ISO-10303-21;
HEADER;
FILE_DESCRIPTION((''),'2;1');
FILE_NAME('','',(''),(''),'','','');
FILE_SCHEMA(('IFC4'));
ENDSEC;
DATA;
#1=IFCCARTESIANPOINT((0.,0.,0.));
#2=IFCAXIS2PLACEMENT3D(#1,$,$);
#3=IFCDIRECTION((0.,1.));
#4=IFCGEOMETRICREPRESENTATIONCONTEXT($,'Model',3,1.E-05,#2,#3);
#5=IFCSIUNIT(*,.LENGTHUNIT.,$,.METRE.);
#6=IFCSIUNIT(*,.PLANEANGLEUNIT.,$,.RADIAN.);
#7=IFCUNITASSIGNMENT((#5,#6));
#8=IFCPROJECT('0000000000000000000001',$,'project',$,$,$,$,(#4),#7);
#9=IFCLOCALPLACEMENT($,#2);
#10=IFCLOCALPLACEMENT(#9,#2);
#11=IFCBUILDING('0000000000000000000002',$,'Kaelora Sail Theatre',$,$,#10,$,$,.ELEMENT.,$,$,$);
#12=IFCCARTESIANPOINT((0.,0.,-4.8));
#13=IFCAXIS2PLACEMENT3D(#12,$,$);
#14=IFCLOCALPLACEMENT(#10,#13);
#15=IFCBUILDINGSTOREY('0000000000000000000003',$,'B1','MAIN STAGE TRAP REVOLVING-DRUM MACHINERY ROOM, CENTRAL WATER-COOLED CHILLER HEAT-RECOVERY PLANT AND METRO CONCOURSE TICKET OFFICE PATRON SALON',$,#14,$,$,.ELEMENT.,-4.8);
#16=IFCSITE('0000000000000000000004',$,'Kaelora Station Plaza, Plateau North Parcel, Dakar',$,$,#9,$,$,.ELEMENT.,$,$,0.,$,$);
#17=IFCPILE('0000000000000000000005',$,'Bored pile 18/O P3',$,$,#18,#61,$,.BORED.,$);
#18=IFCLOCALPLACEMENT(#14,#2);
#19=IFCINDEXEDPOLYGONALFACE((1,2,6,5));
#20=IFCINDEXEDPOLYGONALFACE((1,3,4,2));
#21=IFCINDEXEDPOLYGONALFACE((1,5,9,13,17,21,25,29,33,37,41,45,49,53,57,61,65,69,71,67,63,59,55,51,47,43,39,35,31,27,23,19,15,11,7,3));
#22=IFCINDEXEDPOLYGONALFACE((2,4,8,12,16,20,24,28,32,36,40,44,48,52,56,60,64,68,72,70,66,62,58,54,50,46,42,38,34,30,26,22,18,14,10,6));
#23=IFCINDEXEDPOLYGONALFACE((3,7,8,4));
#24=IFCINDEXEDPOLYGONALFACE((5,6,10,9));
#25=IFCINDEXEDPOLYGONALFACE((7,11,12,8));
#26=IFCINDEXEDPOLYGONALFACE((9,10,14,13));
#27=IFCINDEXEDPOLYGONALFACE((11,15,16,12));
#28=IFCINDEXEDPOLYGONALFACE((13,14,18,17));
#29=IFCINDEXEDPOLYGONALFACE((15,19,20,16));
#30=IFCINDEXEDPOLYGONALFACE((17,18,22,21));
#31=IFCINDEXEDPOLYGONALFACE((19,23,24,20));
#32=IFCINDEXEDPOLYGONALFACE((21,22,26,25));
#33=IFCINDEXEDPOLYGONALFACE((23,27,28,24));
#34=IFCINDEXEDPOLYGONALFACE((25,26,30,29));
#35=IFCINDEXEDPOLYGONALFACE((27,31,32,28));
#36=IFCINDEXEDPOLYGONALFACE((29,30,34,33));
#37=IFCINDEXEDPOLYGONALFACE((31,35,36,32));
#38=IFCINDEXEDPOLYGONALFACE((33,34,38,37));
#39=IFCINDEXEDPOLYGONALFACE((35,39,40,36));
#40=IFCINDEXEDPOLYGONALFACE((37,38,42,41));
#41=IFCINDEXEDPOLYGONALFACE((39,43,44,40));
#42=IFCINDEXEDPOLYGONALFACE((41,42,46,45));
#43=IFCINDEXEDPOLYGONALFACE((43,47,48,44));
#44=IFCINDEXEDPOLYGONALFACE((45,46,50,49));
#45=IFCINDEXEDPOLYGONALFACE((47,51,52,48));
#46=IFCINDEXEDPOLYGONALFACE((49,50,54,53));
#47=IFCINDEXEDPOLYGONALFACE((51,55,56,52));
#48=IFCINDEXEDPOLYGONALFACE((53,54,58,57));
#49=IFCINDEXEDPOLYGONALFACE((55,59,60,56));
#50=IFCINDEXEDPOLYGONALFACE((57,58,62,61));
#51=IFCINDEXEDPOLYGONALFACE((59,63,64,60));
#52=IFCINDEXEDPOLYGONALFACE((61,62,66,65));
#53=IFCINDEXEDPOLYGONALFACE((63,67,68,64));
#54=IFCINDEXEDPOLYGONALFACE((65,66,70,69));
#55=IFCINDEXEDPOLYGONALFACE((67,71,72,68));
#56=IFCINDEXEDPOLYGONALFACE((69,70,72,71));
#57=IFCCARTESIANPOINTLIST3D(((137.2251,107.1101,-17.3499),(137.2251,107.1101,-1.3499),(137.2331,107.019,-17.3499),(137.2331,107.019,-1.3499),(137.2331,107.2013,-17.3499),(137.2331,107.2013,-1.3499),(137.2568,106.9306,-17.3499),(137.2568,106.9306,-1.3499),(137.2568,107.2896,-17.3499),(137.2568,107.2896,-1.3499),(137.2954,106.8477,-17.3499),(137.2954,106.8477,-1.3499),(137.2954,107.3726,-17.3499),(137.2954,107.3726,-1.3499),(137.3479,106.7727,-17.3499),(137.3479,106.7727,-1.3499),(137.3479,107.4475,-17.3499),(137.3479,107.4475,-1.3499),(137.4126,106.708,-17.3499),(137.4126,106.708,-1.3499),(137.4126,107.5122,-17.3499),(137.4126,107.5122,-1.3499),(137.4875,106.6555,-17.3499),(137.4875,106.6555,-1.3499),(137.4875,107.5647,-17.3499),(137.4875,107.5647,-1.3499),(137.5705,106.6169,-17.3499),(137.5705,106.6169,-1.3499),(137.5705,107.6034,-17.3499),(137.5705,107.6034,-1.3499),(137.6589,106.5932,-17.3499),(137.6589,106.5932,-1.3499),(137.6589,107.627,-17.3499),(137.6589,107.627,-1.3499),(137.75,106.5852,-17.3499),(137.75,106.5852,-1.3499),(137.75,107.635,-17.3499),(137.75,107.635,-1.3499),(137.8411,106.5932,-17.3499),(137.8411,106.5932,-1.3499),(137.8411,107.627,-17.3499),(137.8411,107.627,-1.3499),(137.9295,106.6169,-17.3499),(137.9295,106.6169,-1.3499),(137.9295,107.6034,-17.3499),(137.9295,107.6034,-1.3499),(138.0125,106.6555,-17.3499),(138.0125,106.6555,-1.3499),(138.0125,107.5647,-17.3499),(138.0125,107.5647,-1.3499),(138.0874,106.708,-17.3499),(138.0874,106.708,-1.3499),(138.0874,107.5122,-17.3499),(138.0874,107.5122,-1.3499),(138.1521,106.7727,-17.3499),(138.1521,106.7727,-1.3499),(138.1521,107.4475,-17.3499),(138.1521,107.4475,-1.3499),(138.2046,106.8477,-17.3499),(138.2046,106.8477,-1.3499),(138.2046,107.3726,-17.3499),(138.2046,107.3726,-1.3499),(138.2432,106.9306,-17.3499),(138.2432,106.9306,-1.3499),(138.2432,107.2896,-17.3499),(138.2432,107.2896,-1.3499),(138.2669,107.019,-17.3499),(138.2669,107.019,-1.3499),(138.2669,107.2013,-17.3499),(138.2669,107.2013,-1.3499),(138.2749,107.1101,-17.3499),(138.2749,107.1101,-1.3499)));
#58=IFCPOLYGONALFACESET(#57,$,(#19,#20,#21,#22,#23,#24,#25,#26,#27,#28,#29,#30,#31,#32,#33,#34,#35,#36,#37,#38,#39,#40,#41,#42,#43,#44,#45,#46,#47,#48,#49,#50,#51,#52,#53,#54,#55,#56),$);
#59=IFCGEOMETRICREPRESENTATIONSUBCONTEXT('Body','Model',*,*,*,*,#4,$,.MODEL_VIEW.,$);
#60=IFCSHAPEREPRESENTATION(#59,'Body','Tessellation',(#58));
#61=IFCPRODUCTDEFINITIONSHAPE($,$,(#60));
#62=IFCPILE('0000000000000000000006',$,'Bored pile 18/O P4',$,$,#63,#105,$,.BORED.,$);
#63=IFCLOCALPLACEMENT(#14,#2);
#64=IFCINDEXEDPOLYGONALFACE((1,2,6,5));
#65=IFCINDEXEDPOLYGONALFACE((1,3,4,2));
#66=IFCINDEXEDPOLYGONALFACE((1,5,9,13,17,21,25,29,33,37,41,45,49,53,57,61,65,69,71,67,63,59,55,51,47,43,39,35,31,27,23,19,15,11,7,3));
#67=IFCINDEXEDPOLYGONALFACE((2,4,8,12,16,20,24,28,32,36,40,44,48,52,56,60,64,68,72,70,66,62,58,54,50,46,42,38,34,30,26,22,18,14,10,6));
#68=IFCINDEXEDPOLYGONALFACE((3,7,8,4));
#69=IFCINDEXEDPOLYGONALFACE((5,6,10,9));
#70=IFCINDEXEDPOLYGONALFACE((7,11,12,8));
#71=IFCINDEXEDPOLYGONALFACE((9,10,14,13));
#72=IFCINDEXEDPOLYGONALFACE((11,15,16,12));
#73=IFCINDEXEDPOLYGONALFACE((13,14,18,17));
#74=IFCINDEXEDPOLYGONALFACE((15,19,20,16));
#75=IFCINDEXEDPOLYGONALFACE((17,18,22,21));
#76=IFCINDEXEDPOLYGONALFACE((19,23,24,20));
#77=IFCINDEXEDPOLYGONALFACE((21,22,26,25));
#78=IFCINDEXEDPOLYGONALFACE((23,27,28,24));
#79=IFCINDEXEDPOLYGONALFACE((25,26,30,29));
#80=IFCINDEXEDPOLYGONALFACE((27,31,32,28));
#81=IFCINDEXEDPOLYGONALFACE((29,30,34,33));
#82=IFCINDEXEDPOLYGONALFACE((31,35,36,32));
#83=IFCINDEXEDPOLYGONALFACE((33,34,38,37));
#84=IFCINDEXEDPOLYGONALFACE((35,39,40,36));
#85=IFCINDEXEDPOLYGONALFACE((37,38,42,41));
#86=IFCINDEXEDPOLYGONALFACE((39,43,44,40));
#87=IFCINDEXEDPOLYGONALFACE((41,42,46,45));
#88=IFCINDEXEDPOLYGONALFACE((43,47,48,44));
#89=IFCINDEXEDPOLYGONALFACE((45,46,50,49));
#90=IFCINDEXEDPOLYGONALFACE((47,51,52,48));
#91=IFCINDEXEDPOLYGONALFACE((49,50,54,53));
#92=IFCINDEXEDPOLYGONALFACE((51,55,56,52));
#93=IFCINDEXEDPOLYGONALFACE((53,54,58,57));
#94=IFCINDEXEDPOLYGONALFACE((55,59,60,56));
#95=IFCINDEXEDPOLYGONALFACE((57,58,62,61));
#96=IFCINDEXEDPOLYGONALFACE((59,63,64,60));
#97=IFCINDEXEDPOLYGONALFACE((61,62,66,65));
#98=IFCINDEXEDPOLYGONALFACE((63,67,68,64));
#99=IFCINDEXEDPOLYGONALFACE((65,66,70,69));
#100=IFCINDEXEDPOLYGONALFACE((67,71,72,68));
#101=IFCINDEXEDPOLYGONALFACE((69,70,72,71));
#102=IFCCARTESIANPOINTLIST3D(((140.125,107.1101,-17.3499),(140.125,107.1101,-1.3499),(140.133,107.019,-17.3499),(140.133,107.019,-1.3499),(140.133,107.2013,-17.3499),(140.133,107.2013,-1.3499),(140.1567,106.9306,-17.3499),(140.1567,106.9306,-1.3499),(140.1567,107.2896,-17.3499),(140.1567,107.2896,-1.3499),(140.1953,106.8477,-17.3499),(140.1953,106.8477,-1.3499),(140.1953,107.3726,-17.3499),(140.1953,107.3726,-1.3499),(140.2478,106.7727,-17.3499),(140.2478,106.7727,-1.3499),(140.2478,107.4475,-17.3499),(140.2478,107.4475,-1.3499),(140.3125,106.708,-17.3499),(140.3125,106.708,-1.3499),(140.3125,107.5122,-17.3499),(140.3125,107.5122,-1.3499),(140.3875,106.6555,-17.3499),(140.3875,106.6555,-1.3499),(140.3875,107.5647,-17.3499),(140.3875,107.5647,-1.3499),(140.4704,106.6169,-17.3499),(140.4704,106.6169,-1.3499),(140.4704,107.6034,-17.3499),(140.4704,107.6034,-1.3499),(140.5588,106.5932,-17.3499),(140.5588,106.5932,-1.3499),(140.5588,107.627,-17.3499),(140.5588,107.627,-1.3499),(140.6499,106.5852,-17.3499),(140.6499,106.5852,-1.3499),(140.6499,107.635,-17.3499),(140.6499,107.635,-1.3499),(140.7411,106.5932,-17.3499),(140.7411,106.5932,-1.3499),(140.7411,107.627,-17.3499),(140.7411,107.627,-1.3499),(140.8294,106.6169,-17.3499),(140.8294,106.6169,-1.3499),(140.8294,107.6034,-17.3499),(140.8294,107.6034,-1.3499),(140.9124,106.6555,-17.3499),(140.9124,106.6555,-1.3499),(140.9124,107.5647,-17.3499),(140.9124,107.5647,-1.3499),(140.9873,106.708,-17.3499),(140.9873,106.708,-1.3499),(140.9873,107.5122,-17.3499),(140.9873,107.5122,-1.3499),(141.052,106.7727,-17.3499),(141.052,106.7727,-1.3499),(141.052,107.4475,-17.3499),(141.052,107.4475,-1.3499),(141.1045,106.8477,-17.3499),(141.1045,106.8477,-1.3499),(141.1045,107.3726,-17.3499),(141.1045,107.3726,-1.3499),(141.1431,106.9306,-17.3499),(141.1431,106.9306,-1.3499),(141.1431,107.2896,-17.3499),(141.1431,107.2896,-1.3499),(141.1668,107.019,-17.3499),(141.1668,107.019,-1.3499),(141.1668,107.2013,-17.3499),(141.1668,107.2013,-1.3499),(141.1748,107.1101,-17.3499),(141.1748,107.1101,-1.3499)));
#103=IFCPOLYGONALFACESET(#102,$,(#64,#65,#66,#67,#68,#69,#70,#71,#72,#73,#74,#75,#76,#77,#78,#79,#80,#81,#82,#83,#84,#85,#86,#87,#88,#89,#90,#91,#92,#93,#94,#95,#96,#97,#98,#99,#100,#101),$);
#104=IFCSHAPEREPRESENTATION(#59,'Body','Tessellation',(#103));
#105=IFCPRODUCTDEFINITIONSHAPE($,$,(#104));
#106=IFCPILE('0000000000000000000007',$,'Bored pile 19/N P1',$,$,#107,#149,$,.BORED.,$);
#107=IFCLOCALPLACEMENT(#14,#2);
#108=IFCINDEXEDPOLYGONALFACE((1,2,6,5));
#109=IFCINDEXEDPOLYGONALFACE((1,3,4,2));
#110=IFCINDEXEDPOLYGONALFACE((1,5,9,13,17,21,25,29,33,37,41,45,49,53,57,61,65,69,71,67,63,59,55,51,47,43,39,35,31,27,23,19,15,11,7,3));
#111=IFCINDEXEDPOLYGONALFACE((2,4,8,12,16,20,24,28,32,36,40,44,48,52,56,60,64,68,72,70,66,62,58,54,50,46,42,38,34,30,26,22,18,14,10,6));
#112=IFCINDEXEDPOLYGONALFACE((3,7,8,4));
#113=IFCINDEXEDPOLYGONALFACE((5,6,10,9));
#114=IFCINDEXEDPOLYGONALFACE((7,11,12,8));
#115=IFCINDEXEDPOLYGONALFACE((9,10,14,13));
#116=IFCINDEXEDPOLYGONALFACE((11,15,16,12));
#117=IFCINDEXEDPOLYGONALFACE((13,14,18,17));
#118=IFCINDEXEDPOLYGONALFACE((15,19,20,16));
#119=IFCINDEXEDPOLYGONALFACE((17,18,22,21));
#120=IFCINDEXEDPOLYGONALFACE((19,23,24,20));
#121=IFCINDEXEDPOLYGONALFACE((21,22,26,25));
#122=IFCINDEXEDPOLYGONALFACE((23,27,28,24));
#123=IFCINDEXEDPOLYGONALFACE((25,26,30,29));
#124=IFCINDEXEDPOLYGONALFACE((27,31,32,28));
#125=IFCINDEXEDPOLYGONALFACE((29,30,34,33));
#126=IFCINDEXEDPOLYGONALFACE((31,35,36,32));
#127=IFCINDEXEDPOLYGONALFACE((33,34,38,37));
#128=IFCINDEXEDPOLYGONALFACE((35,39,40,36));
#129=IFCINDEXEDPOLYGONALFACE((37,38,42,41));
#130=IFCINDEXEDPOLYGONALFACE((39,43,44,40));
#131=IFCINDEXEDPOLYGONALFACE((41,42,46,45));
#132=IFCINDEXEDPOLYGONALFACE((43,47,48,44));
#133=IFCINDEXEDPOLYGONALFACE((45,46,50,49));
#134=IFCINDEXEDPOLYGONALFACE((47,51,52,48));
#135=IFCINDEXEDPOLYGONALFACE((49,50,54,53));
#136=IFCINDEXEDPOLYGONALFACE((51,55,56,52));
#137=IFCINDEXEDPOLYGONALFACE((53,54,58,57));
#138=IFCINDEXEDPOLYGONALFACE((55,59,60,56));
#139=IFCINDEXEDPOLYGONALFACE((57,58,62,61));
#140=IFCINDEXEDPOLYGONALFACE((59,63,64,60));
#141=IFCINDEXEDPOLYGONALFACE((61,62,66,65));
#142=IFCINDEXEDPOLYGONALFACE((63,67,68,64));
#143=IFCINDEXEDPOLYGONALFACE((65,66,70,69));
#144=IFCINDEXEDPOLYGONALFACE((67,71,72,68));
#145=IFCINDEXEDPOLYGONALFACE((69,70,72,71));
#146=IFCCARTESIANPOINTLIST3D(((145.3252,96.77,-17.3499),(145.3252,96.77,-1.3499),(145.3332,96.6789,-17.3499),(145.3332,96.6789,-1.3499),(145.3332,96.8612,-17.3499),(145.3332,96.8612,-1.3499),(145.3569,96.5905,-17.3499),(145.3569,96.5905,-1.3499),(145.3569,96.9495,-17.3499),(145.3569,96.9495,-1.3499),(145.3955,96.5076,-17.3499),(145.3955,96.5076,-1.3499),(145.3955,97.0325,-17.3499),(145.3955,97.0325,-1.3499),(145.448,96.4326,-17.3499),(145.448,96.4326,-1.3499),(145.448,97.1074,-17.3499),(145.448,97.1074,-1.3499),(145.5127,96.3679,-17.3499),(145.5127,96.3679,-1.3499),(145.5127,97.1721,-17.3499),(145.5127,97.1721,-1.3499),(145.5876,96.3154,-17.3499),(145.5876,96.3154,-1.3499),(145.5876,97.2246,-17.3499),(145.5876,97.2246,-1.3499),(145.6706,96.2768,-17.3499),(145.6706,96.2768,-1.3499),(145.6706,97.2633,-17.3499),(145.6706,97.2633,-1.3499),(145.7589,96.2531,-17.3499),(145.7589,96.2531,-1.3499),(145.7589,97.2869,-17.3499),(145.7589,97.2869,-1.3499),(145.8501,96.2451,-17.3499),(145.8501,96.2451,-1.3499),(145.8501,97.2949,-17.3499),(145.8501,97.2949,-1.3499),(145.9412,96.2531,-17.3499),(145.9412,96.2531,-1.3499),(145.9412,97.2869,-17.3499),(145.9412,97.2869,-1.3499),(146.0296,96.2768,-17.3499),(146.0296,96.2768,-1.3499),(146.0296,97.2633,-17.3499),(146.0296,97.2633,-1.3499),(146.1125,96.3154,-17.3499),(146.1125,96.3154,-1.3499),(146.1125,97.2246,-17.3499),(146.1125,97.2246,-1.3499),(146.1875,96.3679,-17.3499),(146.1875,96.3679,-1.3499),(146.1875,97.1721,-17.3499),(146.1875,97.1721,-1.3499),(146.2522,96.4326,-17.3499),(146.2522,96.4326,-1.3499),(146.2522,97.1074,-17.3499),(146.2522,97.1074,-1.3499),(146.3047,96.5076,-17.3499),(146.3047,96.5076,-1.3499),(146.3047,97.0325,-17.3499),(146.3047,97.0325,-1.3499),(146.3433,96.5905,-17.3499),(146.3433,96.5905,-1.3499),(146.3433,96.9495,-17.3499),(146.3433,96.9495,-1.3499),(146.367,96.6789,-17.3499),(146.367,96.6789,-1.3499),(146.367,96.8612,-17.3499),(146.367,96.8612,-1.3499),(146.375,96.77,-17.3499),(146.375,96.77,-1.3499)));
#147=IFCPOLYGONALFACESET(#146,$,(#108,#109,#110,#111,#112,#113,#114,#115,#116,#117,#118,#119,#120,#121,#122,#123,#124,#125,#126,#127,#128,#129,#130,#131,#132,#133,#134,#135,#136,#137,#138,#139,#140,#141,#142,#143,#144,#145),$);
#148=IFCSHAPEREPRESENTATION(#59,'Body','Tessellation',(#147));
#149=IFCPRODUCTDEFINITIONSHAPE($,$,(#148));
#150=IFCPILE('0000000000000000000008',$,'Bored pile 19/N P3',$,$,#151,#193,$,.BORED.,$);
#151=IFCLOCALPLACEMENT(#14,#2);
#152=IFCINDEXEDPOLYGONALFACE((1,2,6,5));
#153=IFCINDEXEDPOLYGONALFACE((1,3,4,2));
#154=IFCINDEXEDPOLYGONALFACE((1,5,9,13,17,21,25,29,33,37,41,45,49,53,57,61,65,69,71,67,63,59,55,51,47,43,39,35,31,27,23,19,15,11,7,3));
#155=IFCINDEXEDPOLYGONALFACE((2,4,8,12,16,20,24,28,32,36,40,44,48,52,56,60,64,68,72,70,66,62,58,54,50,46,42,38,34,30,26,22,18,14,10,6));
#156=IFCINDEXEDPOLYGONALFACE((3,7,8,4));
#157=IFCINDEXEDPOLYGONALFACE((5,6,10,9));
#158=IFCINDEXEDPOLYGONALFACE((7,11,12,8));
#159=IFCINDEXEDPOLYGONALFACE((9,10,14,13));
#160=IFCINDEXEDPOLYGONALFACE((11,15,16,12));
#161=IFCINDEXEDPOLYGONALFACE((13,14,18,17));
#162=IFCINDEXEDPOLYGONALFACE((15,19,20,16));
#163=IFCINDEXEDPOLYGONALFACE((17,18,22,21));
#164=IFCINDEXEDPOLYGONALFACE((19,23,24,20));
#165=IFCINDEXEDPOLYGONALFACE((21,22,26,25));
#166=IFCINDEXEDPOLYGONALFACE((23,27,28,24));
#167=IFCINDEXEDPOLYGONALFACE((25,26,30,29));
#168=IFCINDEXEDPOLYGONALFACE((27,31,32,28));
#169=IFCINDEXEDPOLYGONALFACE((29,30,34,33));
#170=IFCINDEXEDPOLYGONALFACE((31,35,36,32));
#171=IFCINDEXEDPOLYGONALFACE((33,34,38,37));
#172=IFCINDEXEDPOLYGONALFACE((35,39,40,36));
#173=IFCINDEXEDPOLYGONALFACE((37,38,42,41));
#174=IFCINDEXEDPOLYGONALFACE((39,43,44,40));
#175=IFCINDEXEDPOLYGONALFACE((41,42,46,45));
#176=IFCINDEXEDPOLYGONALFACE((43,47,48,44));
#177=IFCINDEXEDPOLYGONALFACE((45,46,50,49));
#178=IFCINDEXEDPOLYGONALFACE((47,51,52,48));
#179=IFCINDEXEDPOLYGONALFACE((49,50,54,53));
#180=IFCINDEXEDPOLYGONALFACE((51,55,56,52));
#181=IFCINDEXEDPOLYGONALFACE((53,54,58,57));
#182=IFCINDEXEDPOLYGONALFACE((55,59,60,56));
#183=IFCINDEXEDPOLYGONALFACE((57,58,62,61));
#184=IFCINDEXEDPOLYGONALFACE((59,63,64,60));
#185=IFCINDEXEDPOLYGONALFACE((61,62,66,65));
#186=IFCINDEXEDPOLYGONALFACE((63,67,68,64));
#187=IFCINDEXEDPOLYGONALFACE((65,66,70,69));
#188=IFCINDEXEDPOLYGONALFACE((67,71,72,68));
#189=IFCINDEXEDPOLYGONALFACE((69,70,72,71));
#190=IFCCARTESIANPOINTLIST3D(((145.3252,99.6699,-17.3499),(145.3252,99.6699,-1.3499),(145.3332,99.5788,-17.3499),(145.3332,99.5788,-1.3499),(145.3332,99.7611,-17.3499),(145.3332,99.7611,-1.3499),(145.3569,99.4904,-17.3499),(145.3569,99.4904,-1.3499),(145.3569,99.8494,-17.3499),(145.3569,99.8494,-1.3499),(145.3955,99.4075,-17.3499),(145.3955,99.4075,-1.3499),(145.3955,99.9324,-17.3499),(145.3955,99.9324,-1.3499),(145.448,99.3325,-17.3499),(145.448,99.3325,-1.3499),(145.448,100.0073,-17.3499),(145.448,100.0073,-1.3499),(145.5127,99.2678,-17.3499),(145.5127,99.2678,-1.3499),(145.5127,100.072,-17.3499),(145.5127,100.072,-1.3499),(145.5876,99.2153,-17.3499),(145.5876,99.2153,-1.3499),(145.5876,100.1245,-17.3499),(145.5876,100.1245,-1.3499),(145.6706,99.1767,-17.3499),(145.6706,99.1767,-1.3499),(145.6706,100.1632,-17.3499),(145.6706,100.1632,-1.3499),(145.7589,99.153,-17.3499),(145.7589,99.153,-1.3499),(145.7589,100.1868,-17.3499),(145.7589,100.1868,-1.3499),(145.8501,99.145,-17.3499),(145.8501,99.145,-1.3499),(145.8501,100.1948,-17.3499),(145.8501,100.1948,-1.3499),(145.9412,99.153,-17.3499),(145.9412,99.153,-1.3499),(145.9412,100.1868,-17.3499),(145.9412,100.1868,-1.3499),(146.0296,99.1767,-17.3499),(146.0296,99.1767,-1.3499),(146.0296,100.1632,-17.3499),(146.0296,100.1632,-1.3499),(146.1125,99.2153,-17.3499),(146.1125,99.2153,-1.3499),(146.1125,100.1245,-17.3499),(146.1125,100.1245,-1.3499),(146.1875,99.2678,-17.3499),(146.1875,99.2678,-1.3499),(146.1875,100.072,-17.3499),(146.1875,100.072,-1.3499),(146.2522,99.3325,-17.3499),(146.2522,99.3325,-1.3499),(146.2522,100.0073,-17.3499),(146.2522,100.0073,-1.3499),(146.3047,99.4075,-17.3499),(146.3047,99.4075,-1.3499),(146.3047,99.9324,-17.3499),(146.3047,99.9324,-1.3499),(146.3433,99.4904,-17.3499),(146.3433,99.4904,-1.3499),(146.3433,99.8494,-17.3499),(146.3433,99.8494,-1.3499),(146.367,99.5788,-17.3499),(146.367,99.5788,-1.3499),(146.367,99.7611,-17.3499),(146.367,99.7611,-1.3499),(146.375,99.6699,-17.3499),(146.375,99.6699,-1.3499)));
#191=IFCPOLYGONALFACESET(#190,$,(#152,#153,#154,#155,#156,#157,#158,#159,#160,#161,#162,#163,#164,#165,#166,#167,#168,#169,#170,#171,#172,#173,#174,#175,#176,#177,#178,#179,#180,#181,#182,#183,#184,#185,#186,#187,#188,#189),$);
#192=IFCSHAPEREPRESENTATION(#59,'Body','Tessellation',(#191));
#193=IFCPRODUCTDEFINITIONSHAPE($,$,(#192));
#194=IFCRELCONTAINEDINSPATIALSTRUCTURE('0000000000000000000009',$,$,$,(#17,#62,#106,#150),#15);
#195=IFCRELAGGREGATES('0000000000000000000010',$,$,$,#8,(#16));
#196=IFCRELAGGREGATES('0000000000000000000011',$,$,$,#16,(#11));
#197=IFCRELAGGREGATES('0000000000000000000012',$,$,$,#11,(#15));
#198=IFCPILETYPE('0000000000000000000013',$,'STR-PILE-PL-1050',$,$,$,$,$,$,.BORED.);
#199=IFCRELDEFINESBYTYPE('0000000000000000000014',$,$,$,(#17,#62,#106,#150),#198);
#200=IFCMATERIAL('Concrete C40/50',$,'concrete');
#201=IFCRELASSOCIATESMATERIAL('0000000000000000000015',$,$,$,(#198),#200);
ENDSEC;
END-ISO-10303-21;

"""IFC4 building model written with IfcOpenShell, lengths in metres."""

from ifc_helpers import new_model, si_unit, direction, frame, origin, origin_2d, place, context, subcontext, project, spatial, circle, extrude, material, material_profile, profile_set, type_object, element, save


model = new_model("IFC4")

# Units and contexts
model_context = context("Model", 3, precision=1e-05, world=origin(), true_north=direction((0.0, 1.0)))
body_context = subcontext(model_context, "Body", "Model", "MODEL_VIEW")
ifc_project = project(units=[si_unit("LENGTHUNIT", "METRE"), si_unit("PLANEANGLEUNIT", "RADIAN")], contexts=[model_context])

# Site, building, storey
site_placement = place(None, origin())
site = spatial("IfcSite", under=ifc_project, at=site_placement, Name="Kaelora Station Plaza, Plateau North Parcel, Dakar", CompositionType="ELEMENT", RefElevation=0.0)
building_placement = place(site_placement, origin())
building = spatial("IfcBuilding", under=site, at=building_placement, Name="Kaelora Sail Theatre", CompositionType="ELEMENT")
storey_placement = place(building_placement, frame((0.0, 0.0, -4.8)))
storey = spatial("IfcBuildingStorey", under=building, at=storey_placement, Name="B1", Description="MAIN STAGE TRAP REVOLVING-DRUM MACHINERY ROOM, CENTRAL WATER-COOLED CHILLER HEAT-RECOVERY PLANT AND METRO CONCOURSE TICKET OFFICE PATRON SALON", CompositionType="ELEMENT", Elevation=-4.8)

# Piles
ifc_material_1 = material(Name="Concrete C40/50", Category="concrete")
ifc_material_profile_1 = material_profile(ifc_material_1, circle(Radius=0.5249, at=origin_2d()), Name="PILE D1050")
ifc_profile_set_1 = profile_set([ifc_material_profile_1], Name="Concrete C40/50")
pile_type_1 = type_object("IfcPileType", Name="STR-PILE-PL-1050", PredefinedType="BORED", material=ifc_profile_set_1)
for number, where, z_axis, x_axis, name in (
    (1, (137.75, 107.1101, -1.3499), (0.0, 0.0, -1.0), (1.0, 0.0, 0.0), "Bored pile 18/O P3"),
    (2, (140.6499, 107.1101, -1.3499), (0.0, 0.0, -1.0), (1.0, 0.0, 0.0), "Bored pile 18/O P4"),
    (3, (145.8501, 96.77, -1.3499), (0.0, 0.0, -1.0), (1.0, 0.0, 0.0), "Bored pile 19/N P1"),
    (4, (145.8501, 99.6699, -1.3499), (0.0, 0.0, -1.0), (1.0, 0.0, 0.0), "Bored pile 19/N P3"),
):
    element("IfcPile", number, at=place(storey_placement, frame(where, z_axis=z_axis, x_axis=x_axis)), inside=storey, type_object=pile_type_1, Name=name, PredefinedType="BORED", context=body_context, shape_type="SweptSolid", body=[
        extrude(circle(Radius=0.5249, at=origin_2d()), origin(), (0.0, 0.0, 1.0), 16.0),
    ])

save(model, "model.ifc")
